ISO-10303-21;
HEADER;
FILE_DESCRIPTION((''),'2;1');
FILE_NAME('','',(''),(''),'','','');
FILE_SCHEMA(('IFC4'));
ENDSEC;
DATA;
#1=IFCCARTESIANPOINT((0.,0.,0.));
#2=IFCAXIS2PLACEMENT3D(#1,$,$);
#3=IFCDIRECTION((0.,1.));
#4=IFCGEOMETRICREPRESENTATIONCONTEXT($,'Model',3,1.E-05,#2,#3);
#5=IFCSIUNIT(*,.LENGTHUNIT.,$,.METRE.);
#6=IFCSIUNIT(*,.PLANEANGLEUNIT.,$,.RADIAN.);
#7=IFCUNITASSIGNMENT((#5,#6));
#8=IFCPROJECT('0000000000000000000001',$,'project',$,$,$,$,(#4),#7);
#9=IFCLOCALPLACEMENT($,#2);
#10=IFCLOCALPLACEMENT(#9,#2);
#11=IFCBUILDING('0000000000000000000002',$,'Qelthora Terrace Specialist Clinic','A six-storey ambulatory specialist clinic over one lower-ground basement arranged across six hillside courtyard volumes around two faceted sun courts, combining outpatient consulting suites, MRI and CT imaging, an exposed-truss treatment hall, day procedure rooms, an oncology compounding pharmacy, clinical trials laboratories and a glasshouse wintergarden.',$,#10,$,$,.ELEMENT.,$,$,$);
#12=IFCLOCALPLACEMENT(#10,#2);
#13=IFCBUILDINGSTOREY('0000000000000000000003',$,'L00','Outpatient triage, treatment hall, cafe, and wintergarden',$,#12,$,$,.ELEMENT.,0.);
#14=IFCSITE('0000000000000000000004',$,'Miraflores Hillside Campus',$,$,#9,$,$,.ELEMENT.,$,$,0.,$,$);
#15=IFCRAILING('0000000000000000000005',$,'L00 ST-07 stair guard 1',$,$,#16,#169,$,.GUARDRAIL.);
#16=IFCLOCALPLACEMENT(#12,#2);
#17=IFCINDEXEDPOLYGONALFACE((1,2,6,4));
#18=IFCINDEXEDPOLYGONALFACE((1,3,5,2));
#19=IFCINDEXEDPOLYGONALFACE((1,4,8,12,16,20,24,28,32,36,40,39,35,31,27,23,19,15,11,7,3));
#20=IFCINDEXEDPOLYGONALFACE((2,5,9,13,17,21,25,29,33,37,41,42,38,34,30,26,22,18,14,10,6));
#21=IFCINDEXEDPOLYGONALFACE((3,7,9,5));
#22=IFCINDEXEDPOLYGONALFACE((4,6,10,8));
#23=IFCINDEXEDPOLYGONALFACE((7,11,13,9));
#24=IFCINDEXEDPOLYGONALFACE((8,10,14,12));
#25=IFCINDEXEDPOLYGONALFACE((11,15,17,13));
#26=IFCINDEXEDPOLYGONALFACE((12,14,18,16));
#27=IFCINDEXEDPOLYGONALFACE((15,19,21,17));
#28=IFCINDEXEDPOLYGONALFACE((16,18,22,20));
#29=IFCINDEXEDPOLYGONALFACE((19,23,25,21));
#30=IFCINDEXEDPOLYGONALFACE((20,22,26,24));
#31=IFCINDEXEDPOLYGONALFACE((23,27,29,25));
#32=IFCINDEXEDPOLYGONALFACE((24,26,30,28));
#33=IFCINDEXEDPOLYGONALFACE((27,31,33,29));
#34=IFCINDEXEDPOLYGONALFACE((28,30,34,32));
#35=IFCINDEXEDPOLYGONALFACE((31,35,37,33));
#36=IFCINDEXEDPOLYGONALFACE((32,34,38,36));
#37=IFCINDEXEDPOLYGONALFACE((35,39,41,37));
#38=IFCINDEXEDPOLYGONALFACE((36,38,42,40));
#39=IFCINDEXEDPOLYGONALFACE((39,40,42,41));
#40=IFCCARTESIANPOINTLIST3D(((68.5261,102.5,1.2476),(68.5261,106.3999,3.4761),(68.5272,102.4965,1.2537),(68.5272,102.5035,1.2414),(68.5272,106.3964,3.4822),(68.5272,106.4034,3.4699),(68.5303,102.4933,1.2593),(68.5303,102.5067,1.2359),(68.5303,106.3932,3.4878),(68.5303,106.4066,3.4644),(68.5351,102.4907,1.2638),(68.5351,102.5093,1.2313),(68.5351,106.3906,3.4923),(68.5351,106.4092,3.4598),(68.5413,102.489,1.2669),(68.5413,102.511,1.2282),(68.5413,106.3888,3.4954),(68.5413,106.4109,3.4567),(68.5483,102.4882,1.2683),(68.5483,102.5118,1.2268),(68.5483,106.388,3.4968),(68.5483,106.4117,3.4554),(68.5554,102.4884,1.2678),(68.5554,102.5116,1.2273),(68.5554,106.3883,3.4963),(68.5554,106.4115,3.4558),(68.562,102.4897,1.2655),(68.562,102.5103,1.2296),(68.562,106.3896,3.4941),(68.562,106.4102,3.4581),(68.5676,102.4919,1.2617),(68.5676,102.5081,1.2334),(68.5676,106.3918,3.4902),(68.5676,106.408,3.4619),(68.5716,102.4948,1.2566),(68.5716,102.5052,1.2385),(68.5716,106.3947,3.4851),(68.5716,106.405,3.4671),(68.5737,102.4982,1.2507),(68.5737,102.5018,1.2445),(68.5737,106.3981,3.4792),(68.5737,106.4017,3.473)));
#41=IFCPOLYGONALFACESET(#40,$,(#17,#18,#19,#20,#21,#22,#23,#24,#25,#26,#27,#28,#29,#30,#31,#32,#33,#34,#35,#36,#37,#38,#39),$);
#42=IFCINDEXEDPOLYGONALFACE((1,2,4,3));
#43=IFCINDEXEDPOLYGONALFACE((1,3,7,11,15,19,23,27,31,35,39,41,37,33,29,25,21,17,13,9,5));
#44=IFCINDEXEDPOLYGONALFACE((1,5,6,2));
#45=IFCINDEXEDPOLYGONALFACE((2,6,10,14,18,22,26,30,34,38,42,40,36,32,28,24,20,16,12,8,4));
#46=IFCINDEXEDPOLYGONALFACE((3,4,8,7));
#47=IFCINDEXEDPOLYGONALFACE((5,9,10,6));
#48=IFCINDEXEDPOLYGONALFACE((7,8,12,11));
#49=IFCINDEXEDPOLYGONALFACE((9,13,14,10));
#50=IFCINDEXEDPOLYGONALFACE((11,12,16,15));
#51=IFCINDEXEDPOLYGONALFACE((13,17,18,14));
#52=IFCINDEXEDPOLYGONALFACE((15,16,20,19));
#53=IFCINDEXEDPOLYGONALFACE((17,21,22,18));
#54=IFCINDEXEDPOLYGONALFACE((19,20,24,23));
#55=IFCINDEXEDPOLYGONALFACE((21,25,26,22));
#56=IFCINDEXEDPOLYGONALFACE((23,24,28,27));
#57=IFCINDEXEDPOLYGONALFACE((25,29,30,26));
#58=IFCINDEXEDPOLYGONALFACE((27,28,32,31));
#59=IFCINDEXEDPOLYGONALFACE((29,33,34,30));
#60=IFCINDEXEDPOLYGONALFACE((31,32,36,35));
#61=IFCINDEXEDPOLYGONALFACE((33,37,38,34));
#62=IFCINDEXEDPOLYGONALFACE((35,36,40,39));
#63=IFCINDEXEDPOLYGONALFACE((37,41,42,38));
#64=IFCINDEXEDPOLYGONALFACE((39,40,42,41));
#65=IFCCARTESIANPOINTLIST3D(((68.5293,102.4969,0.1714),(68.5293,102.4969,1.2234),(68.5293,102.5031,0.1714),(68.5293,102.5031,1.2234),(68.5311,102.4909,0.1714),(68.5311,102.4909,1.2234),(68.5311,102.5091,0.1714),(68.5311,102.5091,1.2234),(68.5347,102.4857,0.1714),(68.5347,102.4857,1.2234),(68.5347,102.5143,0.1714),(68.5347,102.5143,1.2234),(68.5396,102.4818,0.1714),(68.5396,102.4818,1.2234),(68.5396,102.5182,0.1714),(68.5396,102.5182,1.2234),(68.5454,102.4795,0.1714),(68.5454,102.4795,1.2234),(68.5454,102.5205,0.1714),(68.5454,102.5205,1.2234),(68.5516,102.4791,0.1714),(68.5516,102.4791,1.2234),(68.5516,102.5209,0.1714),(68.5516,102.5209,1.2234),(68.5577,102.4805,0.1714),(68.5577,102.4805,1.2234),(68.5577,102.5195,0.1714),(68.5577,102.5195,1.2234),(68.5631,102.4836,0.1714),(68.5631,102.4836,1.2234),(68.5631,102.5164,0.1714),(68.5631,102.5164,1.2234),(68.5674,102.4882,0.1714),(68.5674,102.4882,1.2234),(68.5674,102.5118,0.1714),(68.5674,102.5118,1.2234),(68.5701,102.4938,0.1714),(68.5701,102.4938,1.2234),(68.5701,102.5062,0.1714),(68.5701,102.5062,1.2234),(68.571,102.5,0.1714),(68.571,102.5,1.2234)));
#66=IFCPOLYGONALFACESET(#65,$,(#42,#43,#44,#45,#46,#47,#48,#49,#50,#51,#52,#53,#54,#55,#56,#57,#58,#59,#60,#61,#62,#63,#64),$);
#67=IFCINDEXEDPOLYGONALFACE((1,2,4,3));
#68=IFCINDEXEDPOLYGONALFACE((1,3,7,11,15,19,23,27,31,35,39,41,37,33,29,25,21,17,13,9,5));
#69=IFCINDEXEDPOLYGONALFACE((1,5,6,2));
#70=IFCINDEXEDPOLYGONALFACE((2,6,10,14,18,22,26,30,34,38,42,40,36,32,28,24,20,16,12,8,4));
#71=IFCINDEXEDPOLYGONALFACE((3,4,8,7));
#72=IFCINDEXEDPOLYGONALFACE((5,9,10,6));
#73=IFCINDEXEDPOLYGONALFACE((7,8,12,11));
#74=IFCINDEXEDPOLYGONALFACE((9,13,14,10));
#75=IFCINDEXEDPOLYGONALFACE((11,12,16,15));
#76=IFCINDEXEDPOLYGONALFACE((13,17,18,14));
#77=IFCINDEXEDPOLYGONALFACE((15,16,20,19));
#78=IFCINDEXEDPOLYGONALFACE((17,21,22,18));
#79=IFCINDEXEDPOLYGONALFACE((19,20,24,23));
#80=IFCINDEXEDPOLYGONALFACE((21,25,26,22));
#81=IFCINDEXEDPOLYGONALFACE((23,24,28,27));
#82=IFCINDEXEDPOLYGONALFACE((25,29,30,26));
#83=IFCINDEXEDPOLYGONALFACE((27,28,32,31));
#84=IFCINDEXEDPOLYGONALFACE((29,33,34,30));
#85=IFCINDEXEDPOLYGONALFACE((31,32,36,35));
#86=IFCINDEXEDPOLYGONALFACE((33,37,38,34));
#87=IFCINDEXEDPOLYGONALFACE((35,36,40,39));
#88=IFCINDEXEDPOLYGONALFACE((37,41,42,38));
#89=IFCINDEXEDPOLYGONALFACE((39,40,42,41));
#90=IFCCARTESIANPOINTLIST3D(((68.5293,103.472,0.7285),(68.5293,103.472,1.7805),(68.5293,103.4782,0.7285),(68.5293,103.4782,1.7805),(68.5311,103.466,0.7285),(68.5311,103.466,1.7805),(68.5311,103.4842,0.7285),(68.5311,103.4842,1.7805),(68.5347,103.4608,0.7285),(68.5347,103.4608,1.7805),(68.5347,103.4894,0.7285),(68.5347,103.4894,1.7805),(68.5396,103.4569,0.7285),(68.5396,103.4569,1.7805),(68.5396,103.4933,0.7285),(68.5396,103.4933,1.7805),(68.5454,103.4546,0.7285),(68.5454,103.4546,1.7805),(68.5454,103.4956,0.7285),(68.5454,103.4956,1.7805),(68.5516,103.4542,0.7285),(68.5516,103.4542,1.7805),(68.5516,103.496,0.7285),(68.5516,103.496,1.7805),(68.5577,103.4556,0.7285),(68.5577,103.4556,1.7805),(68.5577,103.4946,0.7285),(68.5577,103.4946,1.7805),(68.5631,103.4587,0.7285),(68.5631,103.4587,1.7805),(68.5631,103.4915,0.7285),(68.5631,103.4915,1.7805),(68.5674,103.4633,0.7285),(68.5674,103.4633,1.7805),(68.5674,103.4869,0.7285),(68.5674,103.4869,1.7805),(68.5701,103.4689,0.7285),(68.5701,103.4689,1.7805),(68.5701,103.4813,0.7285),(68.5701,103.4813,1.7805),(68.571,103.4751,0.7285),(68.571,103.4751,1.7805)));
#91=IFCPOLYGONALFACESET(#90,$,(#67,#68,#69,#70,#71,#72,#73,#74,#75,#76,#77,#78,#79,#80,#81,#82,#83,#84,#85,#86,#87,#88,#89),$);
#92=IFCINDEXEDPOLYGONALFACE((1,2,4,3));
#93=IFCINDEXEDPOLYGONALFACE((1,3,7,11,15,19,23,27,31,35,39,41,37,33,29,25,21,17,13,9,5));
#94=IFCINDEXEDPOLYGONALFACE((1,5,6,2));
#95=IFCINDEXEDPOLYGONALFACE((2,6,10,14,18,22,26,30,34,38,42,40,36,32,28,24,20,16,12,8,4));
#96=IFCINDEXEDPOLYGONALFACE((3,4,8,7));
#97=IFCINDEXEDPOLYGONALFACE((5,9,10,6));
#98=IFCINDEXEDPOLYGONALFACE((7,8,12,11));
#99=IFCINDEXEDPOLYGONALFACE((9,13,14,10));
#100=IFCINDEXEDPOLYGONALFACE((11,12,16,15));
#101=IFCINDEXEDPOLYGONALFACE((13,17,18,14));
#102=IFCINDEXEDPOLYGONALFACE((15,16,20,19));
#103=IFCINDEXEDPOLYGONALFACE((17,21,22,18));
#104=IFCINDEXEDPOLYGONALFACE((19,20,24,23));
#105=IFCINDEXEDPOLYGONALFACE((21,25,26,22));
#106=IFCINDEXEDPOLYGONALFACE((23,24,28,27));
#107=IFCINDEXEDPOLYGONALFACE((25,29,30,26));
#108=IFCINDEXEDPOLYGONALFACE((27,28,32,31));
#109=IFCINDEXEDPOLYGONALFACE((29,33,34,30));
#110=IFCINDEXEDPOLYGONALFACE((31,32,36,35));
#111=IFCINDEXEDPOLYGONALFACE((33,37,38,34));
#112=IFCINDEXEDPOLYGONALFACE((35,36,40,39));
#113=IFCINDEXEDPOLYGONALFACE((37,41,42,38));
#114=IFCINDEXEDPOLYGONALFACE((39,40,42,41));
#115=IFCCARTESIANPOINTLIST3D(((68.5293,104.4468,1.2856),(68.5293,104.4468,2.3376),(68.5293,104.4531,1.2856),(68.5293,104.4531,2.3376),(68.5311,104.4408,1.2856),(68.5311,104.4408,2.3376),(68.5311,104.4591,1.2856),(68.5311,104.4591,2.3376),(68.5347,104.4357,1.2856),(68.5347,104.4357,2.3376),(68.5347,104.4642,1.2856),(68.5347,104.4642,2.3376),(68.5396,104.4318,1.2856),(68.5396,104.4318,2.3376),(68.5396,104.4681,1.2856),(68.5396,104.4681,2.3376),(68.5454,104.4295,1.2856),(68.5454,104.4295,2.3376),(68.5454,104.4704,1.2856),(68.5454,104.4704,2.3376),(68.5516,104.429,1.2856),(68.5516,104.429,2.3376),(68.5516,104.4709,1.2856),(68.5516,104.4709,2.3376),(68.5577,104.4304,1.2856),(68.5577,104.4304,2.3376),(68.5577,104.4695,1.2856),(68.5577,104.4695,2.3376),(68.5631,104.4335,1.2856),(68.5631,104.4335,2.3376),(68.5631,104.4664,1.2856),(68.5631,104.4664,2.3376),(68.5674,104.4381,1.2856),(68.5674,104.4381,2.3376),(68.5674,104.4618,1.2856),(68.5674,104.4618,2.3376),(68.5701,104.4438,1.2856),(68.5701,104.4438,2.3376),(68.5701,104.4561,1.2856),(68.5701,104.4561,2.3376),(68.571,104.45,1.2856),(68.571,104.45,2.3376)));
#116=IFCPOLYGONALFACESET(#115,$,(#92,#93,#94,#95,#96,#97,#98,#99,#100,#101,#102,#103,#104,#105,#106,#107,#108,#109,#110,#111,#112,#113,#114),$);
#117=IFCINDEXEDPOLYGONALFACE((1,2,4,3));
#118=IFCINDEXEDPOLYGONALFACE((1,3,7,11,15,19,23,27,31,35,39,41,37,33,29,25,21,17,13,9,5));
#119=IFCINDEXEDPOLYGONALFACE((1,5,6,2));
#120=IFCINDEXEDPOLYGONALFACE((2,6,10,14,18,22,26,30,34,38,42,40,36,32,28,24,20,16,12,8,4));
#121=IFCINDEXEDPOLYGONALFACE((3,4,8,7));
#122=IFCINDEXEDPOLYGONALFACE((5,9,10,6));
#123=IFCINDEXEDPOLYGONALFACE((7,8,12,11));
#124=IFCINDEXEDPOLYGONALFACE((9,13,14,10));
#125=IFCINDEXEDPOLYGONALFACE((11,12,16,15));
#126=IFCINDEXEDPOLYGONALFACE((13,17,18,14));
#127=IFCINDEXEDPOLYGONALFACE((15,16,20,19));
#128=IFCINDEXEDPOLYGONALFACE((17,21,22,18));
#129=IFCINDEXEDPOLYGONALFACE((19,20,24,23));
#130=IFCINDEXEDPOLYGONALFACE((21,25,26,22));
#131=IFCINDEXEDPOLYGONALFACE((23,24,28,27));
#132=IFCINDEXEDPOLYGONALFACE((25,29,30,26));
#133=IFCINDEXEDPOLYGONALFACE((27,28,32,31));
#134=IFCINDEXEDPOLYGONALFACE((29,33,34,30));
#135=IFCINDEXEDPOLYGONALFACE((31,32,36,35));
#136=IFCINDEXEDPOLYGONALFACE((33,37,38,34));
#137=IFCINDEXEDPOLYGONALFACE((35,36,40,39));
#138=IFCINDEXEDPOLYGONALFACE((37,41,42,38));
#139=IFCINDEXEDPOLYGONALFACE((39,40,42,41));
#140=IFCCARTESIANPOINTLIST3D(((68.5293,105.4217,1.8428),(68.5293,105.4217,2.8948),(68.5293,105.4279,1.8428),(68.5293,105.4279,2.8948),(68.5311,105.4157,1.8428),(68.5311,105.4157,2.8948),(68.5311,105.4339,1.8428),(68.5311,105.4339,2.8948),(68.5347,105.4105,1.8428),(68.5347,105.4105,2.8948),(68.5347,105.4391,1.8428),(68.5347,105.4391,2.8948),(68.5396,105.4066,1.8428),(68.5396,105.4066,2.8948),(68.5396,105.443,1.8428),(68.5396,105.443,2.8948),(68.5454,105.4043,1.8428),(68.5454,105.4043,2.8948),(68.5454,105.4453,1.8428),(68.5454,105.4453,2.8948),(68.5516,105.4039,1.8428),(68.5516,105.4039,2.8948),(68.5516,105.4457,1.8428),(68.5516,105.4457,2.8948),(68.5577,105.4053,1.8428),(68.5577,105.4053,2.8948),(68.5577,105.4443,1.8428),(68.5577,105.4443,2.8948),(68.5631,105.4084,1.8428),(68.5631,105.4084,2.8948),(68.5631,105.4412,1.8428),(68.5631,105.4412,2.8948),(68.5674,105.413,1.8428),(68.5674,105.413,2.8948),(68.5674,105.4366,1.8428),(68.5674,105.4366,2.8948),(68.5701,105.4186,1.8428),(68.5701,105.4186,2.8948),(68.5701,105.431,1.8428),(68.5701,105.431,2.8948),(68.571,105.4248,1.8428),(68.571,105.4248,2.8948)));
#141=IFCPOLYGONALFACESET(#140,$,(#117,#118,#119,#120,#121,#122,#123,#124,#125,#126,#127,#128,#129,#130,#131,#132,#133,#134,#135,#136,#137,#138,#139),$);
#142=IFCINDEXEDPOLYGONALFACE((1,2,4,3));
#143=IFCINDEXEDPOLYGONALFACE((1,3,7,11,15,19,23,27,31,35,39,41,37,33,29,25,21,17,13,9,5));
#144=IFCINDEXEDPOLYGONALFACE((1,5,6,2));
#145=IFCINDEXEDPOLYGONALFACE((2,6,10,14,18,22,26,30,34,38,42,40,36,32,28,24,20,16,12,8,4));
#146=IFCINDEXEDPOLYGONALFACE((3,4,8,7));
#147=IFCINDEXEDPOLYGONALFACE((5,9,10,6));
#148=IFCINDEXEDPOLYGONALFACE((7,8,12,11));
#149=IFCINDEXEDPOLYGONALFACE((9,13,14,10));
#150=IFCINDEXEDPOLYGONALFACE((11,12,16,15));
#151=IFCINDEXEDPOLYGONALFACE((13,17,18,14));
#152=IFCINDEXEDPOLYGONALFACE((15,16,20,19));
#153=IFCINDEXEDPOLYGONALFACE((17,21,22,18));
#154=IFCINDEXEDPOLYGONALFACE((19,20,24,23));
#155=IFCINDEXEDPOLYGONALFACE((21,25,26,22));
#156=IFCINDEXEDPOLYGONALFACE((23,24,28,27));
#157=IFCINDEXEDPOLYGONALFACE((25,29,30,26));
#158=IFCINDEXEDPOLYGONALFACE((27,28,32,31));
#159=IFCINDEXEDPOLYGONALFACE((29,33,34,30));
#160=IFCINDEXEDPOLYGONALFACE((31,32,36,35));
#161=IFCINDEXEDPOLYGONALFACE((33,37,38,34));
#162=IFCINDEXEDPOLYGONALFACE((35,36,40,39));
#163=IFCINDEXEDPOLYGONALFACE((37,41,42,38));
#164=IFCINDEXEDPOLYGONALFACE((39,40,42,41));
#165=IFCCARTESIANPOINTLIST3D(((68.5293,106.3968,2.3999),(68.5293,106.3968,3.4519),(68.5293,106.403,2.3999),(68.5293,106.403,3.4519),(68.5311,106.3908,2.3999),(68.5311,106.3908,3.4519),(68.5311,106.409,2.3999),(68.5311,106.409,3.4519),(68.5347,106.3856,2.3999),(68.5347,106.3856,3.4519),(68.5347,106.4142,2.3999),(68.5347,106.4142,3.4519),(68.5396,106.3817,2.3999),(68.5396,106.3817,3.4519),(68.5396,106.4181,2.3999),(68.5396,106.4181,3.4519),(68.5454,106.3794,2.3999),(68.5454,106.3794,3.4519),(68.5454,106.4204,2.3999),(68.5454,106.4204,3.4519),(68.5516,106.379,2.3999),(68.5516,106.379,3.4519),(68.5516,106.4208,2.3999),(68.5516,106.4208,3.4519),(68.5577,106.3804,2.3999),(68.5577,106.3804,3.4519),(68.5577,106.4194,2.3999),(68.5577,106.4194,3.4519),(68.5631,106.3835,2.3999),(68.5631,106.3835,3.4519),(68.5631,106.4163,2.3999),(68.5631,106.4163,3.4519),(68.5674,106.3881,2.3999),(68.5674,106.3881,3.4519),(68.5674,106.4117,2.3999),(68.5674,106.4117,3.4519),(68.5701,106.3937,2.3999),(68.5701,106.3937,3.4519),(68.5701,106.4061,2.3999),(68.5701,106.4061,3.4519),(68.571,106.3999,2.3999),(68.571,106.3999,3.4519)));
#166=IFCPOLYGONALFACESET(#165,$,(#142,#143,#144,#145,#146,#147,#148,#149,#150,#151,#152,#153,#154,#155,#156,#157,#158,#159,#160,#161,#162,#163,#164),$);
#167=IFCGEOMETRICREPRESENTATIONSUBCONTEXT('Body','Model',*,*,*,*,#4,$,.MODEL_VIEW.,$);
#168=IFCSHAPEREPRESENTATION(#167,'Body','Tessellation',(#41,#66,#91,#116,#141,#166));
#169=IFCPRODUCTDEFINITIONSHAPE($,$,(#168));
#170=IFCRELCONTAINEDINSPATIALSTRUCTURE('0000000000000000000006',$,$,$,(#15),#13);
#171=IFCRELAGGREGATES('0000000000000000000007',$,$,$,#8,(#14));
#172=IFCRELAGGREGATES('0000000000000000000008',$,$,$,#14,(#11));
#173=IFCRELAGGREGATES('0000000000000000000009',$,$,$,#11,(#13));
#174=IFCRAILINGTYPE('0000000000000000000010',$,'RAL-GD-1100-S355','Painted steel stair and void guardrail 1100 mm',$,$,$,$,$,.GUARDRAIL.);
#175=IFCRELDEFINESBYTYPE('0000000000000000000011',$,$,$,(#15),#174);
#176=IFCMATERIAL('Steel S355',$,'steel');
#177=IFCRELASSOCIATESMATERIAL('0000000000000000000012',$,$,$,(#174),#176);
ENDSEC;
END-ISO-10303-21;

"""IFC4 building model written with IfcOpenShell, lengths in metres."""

from ifc_helpers import new_model, si_unit, direction, frame, origin, origin_2d, place, context, subcontext, project, spatial, circle, extrude, material, type_object, element, save


model = new_model("IFC4")

# Units and contexts
model_context = context("Model", 3, precision=1e-05, world=origin(), true_north=direction((0.0, 1.0)))
body_context = subcontext(model_context, "Body", "Model", "MODEL_VIEW")
ifc_project = project(units=[si_unit("LENGTHUNIT", "METRE"), si_unit("PLANEANGLEUNIT", "RADIAN")], contexts=[model_context])

# Site, building, storey
site_placement = place(None, origin())
site = spatial("IfcSite", under=ifc_project, at=site_placement, Name="Miraflores Hillside Campus", CompositionType="ELEMENT", RefElevation=0.0)
building_placement = place(site_placement, origin())
building = spatial("IfcBuilding", under=site, at=building_placement, Name="Qelthora Terrace Specialist Clinic", Description="A six-storey ambulatory specialist clinic over one lower-ground basement arranged across six hillside courtyard volumes around two faceted sun courts, combining outpatient consulting suites, MRI and CT imaging, an exposed-truss treatment hall, day procedure rooms, an oncology compounding pharmacy, clinical trials laboratories and a glasshouse wintergarden.", CompositionType="ELEMENT")
storey_placement = place(building_placement, origin())
storey = spatial("IfcBuildingStorey", under=building, at=storey_placement, Name="L00", Description="Outpatient triage, treatment hall, cafe, and wintergarden", CompositionType="ELEMENT", Elevation=0.0)

# Shared definitions
ifc_material_1 = material(Name="Steel S355", Category="steel")

# Railing
railing_type_1 = type_object("IfcRailingType", Name="RAL-GD-1100-S355", Description="Painted steel stair and void guardrail 1100 mm", PredefinedType="GUARDRAIL", material=ifc_material_1)
railing_1_placement = place(storey_placement, frame((68.55, 102.5, 0.1714)))
element("IfcRailing", 1, at=railing_1_placement, inside=storey, type_object=railing_type_1, Name="L00 ST-07 stair guard 1", PredefinedType="GUARDRAIL", context=body_context, shape_type="SweptSolid", body=[
    extrude(circle(Radius=0.0239, at=origin_2d()), frame((0.0, 0.0, 1.0762), z_axis=(0.0, 0.868243, 0.496139), x_axis=(-1.0, 0.0, 0.0)), (0.0, 0.0, 1.0), 4.4917),
    extrude(circle(Radius=0.021, at=origin_2d()), origin(), (0.0, 0.0, 1.0), 1.052),
    extrude(circle(Radius=0.021, at=origin_2d()), frame((0.0, 0.9751, 0.5571)), (0.0, 0.0, 1.0), 1.052),
    extrude(circle(Radius=0.021, at=origin_2d()), frame((0.0, 1.95, 1.1143)), (0.0, 0.0, 1.0), 1.052),
    extrude(circle(Radius=0.021, at=origin_2d()), frame((0.0, 2.9248, 1.6714)), (0.0, 0.0, 1.0), 1.052),
    extrude(circle(Radius=0.021, at=origin_2d()), frame((0.0, 3.8999, 2.2285)), (0.0, 0.0, 1.0), 1.052),
])

save(model, "model.ifc")
